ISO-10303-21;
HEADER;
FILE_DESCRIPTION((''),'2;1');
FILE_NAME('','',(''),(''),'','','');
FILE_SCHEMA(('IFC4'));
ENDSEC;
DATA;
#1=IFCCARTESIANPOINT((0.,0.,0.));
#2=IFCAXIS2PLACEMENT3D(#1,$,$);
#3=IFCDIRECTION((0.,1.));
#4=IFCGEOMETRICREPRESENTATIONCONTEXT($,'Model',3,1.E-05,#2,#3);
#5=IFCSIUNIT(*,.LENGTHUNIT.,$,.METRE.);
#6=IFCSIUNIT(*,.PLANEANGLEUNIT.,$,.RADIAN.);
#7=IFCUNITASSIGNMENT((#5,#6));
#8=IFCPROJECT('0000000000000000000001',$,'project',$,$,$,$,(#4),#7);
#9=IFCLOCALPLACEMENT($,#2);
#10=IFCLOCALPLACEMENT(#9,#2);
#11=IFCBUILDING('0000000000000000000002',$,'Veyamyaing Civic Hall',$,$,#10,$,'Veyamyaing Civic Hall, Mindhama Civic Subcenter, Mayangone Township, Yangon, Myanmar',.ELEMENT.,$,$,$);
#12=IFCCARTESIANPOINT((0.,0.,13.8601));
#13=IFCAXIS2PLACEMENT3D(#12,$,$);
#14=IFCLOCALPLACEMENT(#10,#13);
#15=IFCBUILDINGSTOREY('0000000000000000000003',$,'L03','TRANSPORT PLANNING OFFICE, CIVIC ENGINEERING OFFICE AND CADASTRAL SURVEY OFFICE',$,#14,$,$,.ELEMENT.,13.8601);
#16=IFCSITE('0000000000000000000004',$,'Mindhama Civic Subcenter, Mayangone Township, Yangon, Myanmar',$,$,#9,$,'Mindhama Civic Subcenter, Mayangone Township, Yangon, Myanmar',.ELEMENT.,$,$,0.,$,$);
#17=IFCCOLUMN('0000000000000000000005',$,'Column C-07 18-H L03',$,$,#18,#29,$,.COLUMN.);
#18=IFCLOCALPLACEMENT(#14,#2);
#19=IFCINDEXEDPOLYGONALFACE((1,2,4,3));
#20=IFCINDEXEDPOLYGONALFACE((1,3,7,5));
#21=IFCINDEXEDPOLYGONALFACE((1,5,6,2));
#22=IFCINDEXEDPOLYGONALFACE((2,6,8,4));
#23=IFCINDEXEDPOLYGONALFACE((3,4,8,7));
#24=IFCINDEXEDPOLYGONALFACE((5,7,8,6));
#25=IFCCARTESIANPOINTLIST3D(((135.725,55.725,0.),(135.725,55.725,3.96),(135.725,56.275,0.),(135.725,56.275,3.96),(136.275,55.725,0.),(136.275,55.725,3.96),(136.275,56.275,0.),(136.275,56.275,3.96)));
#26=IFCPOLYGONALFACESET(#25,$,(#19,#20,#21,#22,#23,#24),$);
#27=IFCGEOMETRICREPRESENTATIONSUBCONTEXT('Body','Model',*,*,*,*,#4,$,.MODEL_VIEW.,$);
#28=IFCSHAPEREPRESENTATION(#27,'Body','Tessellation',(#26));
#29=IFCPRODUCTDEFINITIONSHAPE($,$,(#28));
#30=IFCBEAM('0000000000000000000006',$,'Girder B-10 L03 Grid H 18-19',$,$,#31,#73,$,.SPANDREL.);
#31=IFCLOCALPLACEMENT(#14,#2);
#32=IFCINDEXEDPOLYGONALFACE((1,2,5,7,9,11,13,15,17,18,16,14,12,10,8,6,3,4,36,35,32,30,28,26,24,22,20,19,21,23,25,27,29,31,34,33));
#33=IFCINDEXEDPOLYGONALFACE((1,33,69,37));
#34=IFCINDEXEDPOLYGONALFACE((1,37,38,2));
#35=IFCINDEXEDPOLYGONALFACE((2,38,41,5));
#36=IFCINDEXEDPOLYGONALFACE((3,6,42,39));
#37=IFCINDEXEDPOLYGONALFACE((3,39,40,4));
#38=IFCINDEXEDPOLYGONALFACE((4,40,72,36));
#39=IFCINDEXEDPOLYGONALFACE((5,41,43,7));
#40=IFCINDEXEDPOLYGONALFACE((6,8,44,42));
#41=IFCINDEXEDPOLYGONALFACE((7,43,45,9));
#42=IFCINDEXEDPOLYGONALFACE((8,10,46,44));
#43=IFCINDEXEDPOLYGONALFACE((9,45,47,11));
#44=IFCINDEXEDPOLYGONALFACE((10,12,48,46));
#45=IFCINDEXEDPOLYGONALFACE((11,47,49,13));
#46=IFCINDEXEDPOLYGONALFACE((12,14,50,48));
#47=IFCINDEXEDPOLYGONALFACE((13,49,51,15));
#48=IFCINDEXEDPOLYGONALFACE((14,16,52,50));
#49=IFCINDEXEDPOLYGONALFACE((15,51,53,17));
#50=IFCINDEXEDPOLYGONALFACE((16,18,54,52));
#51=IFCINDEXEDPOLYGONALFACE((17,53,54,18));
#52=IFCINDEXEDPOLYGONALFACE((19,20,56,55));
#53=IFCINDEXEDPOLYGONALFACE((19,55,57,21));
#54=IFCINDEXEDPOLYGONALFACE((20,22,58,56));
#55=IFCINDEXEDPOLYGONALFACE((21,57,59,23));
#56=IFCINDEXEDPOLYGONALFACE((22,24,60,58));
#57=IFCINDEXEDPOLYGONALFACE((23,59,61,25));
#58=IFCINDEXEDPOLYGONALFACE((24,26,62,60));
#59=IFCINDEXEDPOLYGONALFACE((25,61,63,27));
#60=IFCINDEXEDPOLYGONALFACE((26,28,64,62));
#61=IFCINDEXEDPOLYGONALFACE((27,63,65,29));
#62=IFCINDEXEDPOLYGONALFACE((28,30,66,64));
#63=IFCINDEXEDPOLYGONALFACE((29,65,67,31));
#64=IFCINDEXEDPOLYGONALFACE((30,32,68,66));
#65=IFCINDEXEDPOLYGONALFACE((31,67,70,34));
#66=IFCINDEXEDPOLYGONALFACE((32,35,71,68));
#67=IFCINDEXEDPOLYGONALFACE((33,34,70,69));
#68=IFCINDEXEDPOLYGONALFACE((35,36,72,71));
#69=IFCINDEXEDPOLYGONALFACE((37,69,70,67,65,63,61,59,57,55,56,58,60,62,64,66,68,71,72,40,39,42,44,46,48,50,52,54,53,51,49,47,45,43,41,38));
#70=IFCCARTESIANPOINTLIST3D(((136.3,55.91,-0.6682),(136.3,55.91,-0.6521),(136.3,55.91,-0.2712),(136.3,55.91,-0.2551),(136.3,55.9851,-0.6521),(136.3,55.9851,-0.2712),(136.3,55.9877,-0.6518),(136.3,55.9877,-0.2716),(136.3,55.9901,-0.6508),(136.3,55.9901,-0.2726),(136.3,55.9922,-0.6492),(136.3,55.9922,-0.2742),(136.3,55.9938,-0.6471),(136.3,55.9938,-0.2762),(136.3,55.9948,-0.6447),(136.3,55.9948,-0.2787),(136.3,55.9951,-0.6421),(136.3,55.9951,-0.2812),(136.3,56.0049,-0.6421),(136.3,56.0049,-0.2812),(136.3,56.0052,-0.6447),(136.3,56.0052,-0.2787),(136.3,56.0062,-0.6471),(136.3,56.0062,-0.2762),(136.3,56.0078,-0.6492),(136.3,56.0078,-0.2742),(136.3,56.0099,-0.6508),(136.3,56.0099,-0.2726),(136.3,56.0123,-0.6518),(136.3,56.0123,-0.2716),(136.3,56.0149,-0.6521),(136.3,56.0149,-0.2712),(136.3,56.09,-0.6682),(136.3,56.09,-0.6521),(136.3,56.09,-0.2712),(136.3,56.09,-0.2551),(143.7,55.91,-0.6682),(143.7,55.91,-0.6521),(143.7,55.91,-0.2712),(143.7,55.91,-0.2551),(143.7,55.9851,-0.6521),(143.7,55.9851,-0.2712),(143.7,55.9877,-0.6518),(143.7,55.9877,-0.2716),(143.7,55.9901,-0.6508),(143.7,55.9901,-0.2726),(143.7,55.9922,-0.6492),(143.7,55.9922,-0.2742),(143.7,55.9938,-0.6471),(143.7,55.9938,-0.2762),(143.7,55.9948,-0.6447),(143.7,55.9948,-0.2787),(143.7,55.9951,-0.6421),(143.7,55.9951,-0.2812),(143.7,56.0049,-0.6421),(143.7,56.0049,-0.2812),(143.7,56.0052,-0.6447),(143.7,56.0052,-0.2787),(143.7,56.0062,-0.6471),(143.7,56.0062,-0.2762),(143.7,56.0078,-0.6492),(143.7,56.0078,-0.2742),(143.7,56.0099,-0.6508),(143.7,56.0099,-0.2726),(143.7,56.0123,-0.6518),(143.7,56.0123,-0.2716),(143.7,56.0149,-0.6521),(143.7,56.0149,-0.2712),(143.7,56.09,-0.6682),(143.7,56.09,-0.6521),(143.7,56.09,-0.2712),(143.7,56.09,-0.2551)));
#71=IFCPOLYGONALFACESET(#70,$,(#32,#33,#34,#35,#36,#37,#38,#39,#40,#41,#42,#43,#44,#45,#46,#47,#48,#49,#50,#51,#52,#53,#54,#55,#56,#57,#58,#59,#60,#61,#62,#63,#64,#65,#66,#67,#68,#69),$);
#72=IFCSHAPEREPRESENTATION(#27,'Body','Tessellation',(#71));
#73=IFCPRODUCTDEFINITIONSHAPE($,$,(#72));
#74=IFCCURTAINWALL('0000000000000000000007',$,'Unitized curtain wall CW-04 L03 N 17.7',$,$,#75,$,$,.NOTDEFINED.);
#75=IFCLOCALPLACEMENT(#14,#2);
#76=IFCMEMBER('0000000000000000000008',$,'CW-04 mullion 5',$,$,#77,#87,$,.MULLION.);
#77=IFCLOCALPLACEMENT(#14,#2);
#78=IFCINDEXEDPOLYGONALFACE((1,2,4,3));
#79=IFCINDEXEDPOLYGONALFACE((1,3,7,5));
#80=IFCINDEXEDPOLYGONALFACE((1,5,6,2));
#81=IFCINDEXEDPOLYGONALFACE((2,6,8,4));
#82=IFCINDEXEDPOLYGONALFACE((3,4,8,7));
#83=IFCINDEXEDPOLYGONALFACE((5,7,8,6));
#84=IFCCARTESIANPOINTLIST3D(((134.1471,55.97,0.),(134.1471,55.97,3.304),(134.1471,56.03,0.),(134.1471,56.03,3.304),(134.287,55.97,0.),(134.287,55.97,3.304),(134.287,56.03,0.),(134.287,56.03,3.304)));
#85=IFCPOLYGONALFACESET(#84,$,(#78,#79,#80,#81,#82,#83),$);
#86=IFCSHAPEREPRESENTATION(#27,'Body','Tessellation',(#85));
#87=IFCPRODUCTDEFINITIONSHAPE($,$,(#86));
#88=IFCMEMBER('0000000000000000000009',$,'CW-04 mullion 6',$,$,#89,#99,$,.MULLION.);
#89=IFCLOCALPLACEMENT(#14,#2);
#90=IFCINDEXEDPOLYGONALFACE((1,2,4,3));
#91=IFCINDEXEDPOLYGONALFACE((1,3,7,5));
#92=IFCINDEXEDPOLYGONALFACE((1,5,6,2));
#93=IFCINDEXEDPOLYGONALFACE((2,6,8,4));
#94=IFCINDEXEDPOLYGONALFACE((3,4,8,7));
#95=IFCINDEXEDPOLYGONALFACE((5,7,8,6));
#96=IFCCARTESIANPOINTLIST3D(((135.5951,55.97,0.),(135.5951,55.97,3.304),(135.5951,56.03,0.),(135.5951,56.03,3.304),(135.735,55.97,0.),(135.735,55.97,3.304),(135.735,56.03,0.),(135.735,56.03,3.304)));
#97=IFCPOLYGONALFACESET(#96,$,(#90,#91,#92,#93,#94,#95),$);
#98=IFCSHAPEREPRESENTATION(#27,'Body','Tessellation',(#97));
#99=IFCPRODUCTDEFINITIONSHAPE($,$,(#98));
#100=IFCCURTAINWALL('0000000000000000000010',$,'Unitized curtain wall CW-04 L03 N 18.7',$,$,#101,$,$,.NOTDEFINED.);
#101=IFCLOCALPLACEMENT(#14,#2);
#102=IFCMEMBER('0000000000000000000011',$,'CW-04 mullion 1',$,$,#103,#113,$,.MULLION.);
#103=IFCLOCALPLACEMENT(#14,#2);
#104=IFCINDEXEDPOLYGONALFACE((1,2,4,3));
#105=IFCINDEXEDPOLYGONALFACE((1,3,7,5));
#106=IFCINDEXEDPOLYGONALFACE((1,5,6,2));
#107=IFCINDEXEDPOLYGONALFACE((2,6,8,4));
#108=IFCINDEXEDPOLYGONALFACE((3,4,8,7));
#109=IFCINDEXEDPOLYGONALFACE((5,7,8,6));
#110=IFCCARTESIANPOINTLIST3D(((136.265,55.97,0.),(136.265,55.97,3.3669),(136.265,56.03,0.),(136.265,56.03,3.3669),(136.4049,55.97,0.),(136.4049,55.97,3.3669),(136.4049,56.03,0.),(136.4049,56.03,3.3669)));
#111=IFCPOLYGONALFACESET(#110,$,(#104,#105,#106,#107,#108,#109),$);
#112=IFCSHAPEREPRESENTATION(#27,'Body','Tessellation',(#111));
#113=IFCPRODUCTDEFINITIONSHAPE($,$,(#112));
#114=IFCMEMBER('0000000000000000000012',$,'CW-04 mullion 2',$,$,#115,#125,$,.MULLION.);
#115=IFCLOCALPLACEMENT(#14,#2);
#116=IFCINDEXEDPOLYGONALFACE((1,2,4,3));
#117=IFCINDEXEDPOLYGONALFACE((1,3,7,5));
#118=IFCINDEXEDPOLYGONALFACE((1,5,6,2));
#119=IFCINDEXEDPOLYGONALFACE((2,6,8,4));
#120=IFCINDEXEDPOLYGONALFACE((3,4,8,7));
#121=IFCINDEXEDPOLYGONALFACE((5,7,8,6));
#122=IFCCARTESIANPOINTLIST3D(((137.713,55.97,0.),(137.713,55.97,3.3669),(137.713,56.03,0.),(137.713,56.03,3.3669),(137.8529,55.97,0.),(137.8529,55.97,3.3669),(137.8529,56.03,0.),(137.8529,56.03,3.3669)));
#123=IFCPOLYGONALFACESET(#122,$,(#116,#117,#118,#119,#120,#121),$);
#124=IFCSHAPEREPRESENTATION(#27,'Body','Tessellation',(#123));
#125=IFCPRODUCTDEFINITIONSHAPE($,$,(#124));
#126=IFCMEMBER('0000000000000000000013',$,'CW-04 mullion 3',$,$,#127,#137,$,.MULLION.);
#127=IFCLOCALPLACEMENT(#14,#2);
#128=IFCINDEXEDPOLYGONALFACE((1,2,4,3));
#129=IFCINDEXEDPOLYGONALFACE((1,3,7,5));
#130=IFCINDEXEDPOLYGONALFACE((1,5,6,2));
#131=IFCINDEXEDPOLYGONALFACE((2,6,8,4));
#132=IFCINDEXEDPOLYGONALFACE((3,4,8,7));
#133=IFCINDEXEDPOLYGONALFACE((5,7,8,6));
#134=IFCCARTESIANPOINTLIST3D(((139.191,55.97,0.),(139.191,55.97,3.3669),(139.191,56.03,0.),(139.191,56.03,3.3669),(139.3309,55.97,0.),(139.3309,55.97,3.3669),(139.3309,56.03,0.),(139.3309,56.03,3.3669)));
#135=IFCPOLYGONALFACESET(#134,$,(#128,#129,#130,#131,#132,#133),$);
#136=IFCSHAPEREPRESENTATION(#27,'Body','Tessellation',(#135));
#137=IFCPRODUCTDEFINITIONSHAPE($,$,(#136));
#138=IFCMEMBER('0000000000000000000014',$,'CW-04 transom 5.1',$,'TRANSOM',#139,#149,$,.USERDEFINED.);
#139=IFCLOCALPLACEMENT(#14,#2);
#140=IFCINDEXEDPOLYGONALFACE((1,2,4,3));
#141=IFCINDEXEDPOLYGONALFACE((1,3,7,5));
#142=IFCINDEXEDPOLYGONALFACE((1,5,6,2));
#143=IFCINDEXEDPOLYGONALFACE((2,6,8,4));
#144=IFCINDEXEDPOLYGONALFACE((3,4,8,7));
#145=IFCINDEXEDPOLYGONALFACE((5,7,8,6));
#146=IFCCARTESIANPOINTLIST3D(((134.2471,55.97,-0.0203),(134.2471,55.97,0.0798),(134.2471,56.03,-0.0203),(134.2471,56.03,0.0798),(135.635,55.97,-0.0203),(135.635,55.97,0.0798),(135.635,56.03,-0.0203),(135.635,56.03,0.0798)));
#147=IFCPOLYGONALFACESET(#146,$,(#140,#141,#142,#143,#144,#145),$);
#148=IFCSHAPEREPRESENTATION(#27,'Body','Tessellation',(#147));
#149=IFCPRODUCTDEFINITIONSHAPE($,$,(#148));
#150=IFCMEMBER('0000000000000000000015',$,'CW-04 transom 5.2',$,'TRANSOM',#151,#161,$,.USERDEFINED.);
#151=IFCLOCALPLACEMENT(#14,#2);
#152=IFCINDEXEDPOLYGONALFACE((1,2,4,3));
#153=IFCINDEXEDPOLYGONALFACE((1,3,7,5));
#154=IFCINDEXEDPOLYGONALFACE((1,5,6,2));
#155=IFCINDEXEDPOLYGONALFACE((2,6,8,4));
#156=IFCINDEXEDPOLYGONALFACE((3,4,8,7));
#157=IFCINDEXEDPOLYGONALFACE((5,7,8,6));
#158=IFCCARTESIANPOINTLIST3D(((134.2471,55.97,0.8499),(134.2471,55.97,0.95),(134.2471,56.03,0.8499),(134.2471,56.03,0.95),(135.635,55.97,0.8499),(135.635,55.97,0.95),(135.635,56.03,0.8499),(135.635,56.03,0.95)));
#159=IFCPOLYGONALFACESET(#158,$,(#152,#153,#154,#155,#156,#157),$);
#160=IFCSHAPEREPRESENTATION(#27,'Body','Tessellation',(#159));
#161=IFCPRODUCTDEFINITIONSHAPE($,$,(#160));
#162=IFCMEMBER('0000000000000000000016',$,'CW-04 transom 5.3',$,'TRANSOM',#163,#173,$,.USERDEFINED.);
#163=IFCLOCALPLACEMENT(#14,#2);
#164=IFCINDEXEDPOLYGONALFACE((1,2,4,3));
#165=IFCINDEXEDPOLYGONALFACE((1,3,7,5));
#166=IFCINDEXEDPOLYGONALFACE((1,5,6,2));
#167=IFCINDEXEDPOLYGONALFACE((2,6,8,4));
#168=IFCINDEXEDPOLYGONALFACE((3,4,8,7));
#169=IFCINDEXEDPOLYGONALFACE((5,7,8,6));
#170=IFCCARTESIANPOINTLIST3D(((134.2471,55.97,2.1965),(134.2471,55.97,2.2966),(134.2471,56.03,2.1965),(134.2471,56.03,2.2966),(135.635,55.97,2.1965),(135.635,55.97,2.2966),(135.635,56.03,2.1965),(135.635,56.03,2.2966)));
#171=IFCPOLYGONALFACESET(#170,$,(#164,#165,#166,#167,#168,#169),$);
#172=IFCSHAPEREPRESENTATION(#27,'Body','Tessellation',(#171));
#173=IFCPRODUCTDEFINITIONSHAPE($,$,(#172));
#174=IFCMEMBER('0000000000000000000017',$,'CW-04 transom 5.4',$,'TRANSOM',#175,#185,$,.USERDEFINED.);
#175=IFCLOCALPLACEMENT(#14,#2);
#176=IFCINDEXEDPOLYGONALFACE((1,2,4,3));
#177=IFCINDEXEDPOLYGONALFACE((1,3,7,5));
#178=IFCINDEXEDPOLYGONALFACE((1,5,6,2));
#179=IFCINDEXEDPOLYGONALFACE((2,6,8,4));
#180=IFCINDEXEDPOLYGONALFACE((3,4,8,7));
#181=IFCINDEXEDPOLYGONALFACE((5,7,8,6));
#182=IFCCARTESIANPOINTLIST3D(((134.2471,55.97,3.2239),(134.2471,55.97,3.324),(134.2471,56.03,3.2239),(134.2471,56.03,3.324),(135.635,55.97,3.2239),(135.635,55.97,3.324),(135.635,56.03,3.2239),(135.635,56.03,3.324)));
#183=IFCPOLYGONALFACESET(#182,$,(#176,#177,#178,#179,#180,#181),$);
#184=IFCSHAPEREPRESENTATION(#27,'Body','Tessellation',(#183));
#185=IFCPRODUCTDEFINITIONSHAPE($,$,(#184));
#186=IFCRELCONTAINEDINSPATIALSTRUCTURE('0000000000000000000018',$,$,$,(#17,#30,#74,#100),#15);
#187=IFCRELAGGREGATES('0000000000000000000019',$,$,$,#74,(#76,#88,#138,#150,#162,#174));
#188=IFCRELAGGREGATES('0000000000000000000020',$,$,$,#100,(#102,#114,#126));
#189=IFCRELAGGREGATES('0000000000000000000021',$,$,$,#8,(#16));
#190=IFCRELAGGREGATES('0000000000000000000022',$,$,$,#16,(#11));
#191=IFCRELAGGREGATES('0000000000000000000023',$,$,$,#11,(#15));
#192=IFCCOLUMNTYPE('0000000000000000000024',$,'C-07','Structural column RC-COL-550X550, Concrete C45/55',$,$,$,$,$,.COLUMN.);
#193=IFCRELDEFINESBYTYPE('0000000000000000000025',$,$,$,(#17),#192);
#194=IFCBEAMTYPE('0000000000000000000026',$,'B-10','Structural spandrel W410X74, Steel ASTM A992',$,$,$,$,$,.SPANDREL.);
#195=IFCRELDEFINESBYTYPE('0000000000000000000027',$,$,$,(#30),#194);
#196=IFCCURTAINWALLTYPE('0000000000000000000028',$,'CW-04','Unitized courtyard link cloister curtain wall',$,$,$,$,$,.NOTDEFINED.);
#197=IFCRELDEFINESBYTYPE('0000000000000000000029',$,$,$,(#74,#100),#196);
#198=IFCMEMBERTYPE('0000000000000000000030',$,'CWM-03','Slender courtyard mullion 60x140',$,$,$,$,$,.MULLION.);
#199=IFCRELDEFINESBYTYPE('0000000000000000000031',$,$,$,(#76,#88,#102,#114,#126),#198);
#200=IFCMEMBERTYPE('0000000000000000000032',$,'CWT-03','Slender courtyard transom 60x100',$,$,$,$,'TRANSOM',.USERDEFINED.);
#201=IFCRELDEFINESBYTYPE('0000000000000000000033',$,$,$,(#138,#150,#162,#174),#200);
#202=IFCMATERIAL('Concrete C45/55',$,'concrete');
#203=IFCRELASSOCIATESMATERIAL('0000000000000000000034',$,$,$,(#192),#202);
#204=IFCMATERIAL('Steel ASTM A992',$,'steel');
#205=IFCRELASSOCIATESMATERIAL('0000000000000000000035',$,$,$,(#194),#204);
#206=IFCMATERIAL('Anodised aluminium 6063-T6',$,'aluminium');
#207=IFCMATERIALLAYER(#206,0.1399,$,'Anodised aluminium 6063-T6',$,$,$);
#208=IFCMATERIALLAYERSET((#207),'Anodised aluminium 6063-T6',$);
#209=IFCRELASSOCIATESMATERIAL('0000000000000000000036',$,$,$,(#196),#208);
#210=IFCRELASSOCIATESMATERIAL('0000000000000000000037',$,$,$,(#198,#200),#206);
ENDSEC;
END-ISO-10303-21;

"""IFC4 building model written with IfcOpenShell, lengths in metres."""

from ifc_helpers import new_model, si_unit, direction, frame, origin, origin_2d, place, context, subcontext, project, spatial, rectangle, i_section, extrude, material, layer, layer_set, material_profile, profile_set, type_object, element, aggregate, save


model = new_model("IFC4")

# Units and contexts
model_context = context("Model", 3, precision=1e-05, world=origin(), true_north=direction((0.0, 1.0)))
body_context = subcontext(model_context, "Body", "Model", "MODEL_VIEW")
ifc_project = project(units=[si_unit("LENGTHUNIT", "METRE"), si_unit("PLANEANGLEUNIT", "RADIAN")], contexts=[model_context])

# Site, building, storey
site_placement = place(None, origin())
site = spatial("IfcSite", under=ifc_project, at=site_placement, Name="Mindhama Civic Subcenter, Mayangone Township, Yangon, Myanmar", LongName="Mindhama Civic Subcenter, Mayangone Township, Yangon, Myanmar", CompositionType="ELEMENT", RefElevation=0.0)
building_placement = place(site_placement, origin())
building = spatial("IfcBuilding", under=site, at=building_placement, Name="Veyamyaing Civic Hall", LongName="Veyamyaing Civic Hall, Mindhama Civic Subcenter, Mayangone Township, Yangon, Myanmar", CompositionType="ELEMENT")
storey_placement = place(building_placement, frame((0.0, 0.0, 13.8601)))
storey = spatial("IfcBuildingStorey", under=building, at=storey_placement, Name="L03", Description="TRANSPORT PLANNING OFFICE, CIVIC ENGINEERING OFFICE AND CADASTRAL SURVEY OFFICE", CompositionType="ELEMENT", Elevation=13.8601)

# Column
ifc_material_1 = material(Name="Concrete C45/55", Category="concrete")
ifc_material_profile_1 = material_profile(ifc_material_1, rectangle(XDim=0.55, YDim=0.55, at=origin_2d()), Name="RC-COL-550X550")
ifc_profile_set_1 = profile_set([ifc_material_profile_1], Name="Concrete C45/55")
column_type = type_object("IfcColumnType", Name="C-07", Description="Structural column RC-COL-550X550, Concrete C45/55", PredefinedType="COLUMN", material=ifc_profile_set_1)
column_placement = place(storey_placement, frame((136.0, 56.0, 0.0), z_axis=(0.0, 0.0, 1.0), x_axis=(1.0, 0.0, 0.0)))
element("IfcColumn", 1, at=column_placement, inside=storey, type_object=column_type, Name="Column C-07 18-H L03", PredefinedType="COLUMN", context=body_context, shape_type="SweptSolid", body=[
    extrude(rectangle(XDim=0.55, YDim=0.55, at=origin_2d()), origin(), (0.0, 0.0, 1.0), 3.96),
])

# Beam
ifc_material_2 = material(Name="Steel ASTM A992", Category="steel")
ifc_material_profile_2 = material_profile(ifc_material_2, i_section(OverallWidth=0.1799, OverallDepth=0.4131, WebThickness=0.0098, FlangeThickness=0.0161, FilletRadius=0.01, at=origin_2d()), Name="W410X74")
ifc_profile_set_2 = profile_set([ifc_material_profile_2], Name="Steel ASTM A992")
beam_type_1 = type_object("IfcBeamType", Name="B-10", Description="Structural spandrel W410X74, Steel ASTM A992", PredefinedType="SPANDREL", material=ifc_profile_set_2)
beam_1_placement = place(storey_placement, frame((136.3, 56.0, -0.4617), z_axis=(1.0, 0.0, 0.0), x_axis=(0.0, 1.0, 0.0)))
element("IfcBeam", 2, at=beam_1_placement, inside=storey, type_object=beam_type_1, Name="Girder B-10 L03 Grid H 18-19", PredefinedType="SPANDREL", context=body_context, shape_type="SweptSolid", body=[
    extrude(i_section(OverallWidth=0.1799, OverallDepth=0.4131, WebThickness=0.0098, FlangeThickness=0.0161, FilletRadius=0.01, at=origin_2d()), origin(), (0.0, 0.0, 1.0), 7.3999),
])

# Curtain walls, members
ifc_material_3 = material(Name="Anodised aluminium 6063-T6", Category="aluminium")
ifc_layer_1 = layer(ifc_material_3, 0.1399, Name="Anodised aluminium 6063-T6")
ifc_layer_set_1 = layer_set([ifc_layer_1], Name="Anodised aluminium 6063-T6")
curtain_wall_type = type_object("IfcCurtainWallType", Name="CW-04", Description="Unitized courtyard link cloister curtain wall", PredefinedType="NOTDEFINED", material=ifc_layer_set_1)
curtain_wall_1_placement = place(storey_placement, origin())
curtain_wall_1 = element("IfcCurtainWall", 3, at=curtain_wall_1_placement, inside=storey, type_object=curtain_wall_type, Name="Unitized curtain wall CW-04 L03 N 17.7", PredefinedType="NOTDEFINED")
ifc_material_profile_3 = material_profile(ifc_material_3, rectangle(XDim=0.0601, YDim=0.1399, at=origin_2d()), Name="ALU-MUL-60X140")
ifc_profile_set_3 = profile_set([ifc_material_profile_3], Name="Anodised aluminium 6063-T6")
member_type_1 = type_object("IfcMemberType", Name="CWM-03", Description="Slender courtyard mullion 60x140", PredefinedType="MULLION", material=ifc_profile_set_3)
member_1_placement = place(storey_placement, frame((134.217, 56.0, 0.0), z_axis=(0.0, 0.0, 1.0), x_axis=(0.0, 1.0, 0.0)))
member_1 = element("IfcMember", 4, at=member_1_placement, type_object=member_type_1, Name="CW-04 mullion 5", PredefinedType="MULLION", context=body_context, shape_type="SweptSolid", body=[
    extrude(rectangle(XDim=0.0601, YDim=0.1399, at=origin_2d()), origin(), (0.0, 0.0, 1.0), 3.304),
])
member_2_placement = place(storey_placement, frame((135.665, 56.0, 0.0), z_axis=(0.0, 0.0, 1.0), x_axis=(0.0, 1.0, 0.0)))
member_2 = element("IfcMember", 5, at=member_2_placement, type_object=member_type_1, Name="CW-04 mullion 6", PredefinedType="MULLION", context=body_context, shape_type="SweptSolid", body=[
    extrude(rectangle(XDim=0.0601, YDim=0.1399, at=origin_2d()), origin(), (0.0, 0.0, 1.0), 3.304),
])
curtain_wall_2_placement = place(storey_placement, origin())
curtain_wall_2 = element("IfcCurtainWall", 6, at=curtain_wall_2_placement, inside=storey, type_object=curtain_wall_type, Name="Unitized curtain wall CW-04 L03 N 18.7", PredefinedType="NOTDEFINED")
member_3_placement = place(storey_placement, frame((136.335, 56.0, 0.0), z_axis=(0.0, 0.0, 1.0), x_axis=(0.0, 1.0, 0.0)))
member_3 = element("IfcMember", 7, at=member_3_placement, type_object=member_type_1, Name="CW-04 mullion 1", PredefinedType="MULLION", context=body_context, shape_type="SweptSolid", body=[
    extrude(rectangle(XDim=0.0601, YDim=0.1399, at=origin_2d()), origin(), (0.0, 0.0, 1.0), 3.3669),
])
member_4_placement = place(storey_placement, frame((137.783, 56.0, 0.0), z_axis=(0.0, 0.0, 1.0), x_axis=(0.0, 1.0, 0.0)))
member_4 = element("IfcMember", 8, at=member_4_placement, type_object=member_type_1, Name="CW-04 mullion 2", PredefinedType="MULLION", context=body_context, shape_type="SweptSolid", body=[
    extrude(rectangle(XDim=0.0601, YDim=0.1399, at=origin_2d()), origin(), (0.0, 0.0, 1.0), 3.3669),
])
member_5_placement = place(storey_placement, frame((139.261, 56.0, 0.0), z_axis=(0.0, 0.0, 1.0), x_axis=(0.0, 1.0, 0.0)))
member_5 = element("IfcMember", 9, at=member_5_placement, type_object=member_type_1, Name="CW-04 mullion 3", PredefinedType="MULLION", context=body_context, shape_type="SweptSolid", body=[
    extrude(rectangle(XDim=0.0601, YDim=0.1399, at=origin_2d()), origin(), (0.0, 0.0, 1.0), 3.3669),
])

# Members
ifc_material_profile_4 = material_profile(ifc_material_3, rectangle(XDim=0.0601, YDim=0.1001, at=origin_2d()), Name="ALU-TRN-60X100")
ifc_profile_set_4 = profile_set([ifc_material_profile_4], Name="Anodised aluminium 6063-T6")
member_type_2 = type_object("IfcMemberType", Name="CWT-03", Description="Slender courtyard transom 60x100", ElementType="TRANSOM", PredefinedType="USERDEFINED", material=ifc_profile_set_4)
member_6_placement = place(storey_placement, frame((134.2471, 56.0, 0.0298), z_axis=(1.0, 0.0, 0.0), x_axis=(0.0, 1.0, 0.0)))
member_6 = element("IfcMember", 10, at=member_6_placement, type_object=member_type_2, Name="CW-04 transom 5.1", ObjectType="TRANSOM", PredefinedType="USERDEFINED", context=body_context, shape_type="SweptSolid", body=[
    extrude(rectangle(XDim=0.0601, YDim=0.1001, at=origin_2d()), origin(), (0.0, 0.0, 1.0), 1.3879),
])
member_7_placement = place(storey_placement, frame((134.2471, 56.0, 0.8999), z_axis=(1.0, 0.0, 0.0), x_axis=(0.0, 1.0, 0.0)))
member_7 = element("IfcMember", 11, at=member_7_placement, type_object=member_type_2, Name="CW-04 transom 5.2", ObjectType="TRANSOM", PredefinedType="USERDEFINED", context=body_context, shape_type="SweptSolid", body=[
    extrude(rectangle(XDim=0.0601, YDim=0.1001, at=origin_2d()), origin(), (0.0, 0.0, 1.0), 1.3879),
])
member_8_placement = place(storey_placement, frame((134.2471, 56.0, 2.2466), z_axis=(1.0, 0.0, 0.0), x_axis=(0.0, 1.0, 0.0)))
member_8 = element("IfcMember", 12, at=member_8_placement, type_object=member_type_2, Name="CW-04 transom 5.3", ObjectType="TRANSOM", PredefinedType="USERDEFINED", context=body_context, shape_type="SweptSolid", body=[
    extrude(rectangle(XDim=0.0601, YDim=0.1001, at=origin_2d()), origin(), (0.0, 0.0, 1.0), 1.3879),
])
member_9_placement = place(storey_placement, frame((134.2471, 56.0, 3.2739), z_axis=(1.0, 0.0, 0.0), x_axis=(0.0, 1.0, 0.0)))
member_9 = element("IfcMember", 13, at=member_9_placement, type_object=member_type_2, Name="CW-04 transom 5.4", ObjectType="TRANSOM", PredefinedType="USERDEFINED", context=body_context, shape_type="SweptSolid", body=[
    extrude(rectangle(XDim=0.0601, YDim=0.1001, at=origin_2d()), origin(), (0.0, 0.0, 1.0), 1.3879),
])

aggregate(curtain_wall_1, [member_1, member_2, member_6, member_7, member_8, member_9])
aggregate(curtain_wall_2, [member_3, member_4, member_5])

save(model, "model.ifc")
